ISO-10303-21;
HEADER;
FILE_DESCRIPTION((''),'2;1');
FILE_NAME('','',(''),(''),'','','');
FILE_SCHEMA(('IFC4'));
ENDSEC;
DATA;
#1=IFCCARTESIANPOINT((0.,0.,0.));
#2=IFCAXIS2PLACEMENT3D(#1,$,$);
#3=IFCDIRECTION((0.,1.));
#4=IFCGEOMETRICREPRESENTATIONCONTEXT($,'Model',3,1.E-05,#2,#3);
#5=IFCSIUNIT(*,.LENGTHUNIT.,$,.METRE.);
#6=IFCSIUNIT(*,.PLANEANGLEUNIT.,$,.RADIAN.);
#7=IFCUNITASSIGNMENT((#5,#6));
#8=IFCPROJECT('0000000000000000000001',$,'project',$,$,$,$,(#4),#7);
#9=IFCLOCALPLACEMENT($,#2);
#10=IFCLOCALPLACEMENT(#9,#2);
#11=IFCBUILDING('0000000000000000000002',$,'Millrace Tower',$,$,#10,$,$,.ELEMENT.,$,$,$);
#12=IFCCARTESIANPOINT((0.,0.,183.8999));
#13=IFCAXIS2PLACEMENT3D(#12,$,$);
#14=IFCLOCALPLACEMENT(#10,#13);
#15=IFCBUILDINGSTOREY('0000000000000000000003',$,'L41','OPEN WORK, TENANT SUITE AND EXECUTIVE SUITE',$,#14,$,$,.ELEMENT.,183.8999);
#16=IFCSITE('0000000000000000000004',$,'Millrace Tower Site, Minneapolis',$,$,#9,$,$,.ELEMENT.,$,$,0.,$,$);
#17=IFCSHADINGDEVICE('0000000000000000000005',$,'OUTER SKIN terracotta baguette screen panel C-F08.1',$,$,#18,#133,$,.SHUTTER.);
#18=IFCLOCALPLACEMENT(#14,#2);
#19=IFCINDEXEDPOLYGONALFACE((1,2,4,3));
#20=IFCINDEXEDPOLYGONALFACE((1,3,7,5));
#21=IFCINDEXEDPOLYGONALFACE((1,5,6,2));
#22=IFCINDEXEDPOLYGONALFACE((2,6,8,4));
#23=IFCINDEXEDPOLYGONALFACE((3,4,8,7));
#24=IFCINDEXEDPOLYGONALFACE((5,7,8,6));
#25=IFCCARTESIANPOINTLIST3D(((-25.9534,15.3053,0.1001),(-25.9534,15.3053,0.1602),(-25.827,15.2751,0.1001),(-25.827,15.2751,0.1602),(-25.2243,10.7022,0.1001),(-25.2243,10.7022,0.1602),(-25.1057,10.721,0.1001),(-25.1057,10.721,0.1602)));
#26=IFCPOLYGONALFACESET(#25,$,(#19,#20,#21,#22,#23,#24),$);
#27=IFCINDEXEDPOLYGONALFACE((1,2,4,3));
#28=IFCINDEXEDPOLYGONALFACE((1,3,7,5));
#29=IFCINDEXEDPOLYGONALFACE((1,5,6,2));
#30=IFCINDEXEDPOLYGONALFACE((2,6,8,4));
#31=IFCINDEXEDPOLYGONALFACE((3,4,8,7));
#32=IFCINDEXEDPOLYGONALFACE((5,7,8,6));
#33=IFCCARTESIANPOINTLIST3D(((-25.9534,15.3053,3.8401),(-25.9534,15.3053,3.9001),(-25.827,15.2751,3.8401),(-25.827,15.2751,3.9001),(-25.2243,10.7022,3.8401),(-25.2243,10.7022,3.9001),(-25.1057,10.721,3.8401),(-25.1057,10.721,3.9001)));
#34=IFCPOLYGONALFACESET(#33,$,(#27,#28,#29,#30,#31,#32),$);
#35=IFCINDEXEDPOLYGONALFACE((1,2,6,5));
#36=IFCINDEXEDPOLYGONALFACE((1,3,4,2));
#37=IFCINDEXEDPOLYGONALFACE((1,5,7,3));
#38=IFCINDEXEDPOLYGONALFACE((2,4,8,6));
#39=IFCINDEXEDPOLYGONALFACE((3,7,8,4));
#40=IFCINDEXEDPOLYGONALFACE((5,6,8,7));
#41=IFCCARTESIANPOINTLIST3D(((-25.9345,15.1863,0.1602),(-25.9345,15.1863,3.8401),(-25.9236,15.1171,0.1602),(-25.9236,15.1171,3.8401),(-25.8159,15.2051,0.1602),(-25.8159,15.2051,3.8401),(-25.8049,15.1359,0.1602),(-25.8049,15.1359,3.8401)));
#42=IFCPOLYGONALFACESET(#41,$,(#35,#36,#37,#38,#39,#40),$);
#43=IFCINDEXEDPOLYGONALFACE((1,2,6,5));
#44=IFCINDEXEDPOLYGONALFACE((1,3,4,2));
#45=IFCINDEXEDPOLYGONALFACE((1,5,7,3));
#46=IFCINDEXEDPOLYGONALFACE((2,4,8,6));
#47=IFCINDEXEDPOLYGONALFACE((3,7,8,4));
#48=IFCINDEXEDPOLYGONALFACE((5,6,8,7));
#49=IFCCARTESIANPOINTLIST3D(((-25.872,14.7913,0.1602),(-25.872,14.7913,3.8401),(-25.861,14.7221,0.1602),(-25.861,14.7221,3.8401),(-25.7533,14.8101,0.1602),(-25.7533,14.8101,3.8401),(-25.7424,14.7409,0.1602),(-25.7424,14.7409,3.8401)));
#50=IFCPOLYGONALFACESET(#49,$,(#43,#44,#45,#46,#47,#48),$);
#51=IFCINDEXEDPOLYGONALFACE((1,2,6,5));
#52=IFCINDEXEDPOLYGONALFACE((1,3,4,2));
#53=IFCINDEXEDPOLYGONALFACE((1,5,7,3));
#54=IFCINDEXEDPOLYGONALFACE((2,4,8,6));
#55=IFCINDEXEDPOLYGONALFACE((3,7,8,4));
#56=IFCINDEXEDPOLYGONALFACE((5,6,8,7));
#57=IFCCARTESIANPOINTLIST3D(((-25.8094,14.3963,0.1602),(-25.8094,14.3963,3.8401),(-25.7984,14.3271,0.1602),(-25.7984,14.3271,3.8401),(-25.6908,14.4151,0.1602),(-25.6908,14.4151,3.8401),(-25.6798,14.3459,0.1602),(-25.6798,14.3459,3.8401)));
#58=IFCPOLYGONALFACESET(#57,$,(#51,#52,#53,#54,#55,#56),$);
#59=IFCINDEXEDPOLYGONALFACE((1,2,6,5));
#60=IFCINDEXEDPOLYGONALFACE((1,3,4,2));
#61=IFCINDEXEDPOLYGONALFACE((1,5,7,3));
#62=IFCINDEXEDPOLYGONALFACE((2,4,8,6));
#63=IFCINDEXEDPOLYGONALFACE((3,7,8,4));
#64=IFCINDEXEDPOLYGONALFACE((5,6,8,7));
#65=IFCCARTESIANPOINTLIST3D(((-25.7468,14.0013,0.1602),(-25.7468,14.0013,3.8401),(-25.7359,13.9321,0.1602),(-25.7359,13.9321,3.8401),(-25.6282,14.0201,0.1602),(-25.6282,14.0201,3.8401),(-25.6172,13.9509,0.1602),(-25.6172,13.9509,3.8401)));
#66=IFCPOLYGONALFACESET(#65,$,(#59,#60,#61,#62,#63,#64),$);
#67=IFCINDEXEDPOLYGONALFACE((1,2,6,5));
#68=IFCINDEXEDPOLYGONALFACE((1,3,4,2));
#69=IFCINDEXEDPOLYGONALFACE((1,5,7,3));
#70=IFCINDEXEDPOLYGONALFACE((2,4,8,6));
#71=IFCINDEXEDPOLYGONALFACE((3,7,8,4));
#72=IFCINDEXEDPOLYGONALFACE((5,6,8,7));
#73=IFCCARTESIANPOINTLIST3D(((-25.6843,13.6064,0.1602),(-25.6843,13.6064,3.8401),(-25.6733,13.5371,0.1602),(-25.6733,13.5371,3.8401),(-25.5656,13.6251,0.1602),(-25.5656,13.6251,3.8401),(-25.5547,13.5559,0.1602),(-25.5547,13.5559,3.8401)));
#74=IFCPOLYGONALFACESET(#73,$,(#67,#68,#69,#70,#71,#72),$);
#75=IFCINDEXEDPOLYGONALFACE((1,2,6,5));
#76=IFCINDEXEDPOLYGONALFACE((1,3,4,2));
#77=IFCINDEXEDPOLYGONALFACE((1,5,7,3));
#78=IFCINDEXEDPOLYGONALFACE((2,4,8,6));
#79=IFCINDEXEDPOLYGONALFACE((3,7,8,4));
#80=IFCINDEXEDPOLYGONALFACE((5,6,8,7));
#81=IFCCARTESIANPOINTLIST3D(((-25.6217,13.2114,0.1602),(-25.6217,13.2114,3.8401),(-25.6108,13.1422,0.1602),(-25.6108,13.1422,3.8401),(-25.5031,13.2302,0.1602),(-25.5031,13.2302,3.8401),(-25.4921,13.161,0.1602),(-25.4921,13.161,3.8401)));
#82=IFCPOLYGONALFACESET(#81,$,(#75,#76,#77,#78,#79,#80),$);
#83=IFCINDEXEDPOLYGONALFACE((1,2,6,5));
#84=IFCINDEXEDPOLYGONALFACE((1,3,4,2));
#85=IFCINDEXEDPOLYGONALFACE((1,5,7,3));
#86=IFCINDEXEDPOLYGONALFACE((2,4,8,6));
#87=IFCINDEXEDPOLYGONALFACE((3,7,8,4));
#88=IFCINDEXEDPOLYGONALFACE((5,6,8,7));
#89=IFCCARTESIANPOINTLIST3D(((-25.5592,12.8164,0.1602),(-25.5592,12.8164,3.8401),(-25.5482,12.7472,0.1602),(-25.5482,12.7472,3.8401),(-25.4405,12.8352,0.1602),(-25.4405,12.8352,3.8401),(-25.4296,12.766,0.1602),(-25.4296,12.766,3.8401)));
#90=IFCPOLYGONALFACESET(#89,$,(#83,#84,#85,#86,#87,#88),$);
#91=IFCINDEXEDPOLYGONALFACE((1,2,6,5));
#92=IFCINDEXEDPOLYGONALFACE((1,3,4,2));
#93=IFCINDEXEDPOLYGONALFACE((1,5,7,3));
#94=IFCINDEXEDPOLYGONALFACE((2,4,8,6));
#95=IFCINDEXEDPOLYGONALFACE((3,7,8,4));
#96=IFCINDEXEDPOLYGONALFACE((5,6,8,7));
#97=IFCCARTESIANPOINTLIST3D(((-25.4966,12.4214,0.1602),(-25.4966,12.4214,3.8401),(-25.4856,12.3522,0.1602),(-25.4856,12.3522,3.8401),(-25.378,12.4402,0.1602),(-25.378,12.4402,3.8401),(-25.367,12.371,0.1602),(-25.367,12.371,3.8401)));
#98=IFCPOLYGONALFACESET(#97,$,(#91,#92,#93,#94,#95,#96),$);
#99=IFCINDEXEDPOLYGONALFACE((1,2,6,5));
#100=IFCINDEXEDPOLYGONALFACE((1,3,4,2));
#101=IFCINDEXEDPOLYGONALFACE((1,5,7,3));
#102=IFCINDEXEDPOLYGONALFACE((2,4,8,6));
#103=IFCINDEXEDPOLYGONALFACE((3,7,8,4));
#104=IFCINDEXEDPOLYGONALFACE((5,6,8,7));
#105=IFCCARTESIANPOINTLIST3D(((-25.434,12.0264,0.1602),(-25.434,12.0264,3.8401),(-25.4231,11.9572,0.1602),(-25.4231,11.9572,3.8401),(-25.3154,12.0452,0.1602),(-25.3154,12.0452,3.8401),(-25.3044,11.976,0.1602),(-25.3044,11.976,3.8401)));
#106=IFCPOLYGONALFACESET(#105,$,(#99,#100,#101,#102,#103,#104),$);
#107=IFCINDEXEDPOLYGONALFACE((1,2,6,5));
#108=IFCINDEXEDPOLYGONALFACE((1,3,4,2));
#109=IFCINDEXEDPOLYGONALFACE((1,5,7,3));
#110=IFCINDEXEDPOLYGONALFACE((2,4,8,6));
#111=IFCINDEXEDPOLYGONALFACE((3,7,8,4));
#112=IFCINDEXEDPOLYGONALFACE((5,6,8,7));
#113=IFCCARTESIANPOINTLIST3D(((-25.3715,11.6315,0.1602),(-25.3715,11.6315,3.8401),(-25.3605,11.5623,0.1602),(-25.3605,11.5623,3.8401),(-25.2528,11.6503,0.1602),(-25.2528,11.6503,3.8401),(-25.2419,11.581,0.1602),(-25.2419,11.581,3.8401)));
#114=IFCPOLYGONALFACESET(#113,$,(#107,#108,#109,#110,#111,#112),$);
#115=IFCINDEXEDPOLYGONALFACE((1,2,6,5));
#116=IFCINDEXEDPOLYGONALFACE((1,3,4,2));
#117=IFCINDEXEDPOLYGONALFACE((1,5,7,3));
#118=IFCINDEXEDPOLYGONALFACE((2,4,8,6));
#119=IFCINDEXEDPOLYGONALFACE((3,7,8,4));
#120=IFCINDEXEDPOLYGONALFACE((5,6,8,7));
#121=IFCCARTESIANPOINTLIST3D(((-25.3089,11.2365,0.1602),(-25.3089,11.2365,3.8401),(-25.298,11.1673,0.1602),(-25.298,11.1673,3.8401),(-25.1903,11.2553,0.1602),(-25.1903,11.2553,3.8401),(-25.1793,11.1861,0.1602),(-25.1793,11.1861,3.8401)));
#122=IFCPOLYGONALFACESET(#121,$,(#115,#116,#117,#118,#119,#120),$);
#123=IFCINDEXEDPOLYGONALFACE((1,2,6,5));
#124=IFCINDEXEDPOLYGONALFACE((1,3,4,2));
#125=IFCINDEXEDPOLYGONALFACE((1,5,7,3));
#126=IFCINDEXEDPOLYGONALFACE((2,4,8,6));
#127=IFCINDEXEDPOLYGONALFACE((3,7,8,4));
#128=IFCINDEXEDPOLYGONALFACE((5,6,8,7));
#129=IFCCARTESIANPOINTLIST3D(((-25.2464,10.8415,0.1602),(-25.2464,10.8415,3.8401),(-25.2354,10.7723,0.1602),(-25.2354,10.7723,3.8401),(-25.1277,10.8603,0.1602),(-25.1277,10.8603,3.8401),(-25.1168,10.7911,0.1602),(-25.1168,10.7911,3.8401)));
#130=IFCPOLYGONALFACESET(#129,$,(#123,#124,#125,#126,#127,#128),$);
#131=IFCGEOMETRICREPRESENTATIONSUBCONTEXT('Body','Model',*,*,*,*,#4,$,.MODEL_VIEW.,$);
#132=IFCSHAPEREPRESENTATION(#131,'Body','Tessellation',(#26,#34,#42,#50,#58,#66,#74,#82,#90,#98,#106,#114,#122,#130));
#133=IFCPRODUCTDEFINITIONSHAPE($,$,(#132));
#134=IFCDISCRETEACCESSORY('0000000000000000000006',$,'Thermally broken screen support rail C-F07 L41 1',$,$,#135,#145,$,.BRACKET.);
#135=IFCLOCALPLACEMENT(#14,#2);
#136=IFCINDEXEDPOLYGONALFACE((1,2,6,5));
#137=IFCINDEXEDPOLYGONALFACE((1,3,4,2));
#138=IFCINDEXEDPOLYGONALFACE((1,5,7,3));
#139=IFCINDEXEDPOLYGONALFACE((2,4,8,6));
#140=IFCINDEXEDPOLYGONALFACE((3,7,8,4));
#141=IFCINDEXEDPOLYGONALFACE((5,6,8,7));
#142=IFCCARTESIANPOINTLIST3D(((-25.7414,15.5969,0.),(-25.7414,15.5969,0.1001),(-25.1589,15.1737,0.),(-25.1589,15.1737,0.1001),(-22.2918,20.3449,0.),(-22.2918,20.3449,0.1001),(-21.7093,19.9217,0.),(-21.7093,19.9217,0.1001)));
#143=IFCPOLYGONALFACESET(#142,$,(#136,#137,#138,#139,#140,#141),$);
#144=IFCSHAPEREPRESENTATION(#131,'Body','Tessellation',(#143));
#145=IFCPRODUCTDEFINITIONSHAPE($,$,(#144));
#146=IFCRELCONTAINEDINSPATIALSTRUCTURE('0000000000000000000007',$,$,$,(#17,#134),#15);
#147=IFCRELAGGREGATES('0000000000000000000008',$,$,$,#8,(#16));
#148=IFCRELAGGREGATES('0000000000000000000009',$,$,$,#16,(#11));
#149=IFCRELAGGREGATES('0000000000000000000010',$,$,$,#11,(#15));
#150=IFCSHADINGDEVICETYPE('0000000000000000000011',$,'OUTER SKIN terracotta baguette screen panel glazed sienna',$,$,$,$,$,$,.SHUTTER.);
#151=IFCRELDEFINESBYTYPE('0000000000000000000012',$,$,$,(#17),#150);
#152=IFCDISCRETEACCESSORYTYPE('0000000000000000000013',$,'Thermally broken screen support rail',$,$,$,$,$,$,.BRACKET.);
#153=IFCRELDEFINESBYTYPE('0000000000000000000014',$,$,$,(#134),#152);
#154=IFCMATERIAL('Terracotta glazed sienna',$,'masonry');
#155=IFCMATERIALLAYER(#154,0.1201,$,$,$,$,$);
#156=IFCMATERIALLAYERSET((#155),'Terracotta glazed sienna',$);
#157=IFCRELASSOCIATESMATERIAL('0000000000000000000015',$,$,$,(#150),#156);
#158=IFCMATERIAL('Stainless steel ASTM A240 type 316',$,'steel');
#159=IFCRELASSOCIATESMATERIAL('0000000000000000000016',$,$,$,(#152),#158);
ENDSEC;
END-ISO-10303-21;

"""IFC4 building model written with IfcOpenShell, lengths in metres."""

from ifc_helpers import new_model, entity, si_unit, direction, frame, frame_2d, origin, origin_2d, place, context, subcontext, project, spatial, rectangle, extrude, source, transform, mapped, material, layer, layer_set, type_object, element, save


model = new_model("IFC4")

# Units and contexts
model_context = context("Model", 3, precision=1e-05, world=origin(), true_north=direction((0.0, 1.0)))
body_context = subcontext(model_context, "Body", "Model", "MODEL_VIEW")
ifc_project = project(units=[si_unit("LENGTHUNIT", "METRE"), si_unit("PLANEANGLEUNIT", "RADIAN")], contexts=[model_context])

# Site, building, storey
site_placement = place(None, origin())
site = spatial("IfcSite", under=ifc_project, at=site_placement, Name="Millrace Tower Site, Minneapolis", CompositionType="ELEMENT", RefElevation=0.0)
building_placement = place(site_placement, origin())
building = spatial("IfcBuilding", under=site, at=building_placement, Name="Millrace Tower", CompositionType="ELEMENT")
storey_placement = place(building_placement, frame((0.0, 0.0, 183.8999)))
storey = spatial("IfcBuildingStorey", under=building, at=storey_placement, Name="L41", Description="OPEN WORK, TENANT SUITE AND EXECUTIVE SUITE", CompositionType="ELEMENT", Elevation=183.8999)

# Shading device
ifc_material_1 = material(Name="Terracotta glazed sienna", Category="masonry")
ifc_layer_1 = layer(ifc_material_1, 0.1201)
ifc_layer_set_1 = layer_set([ifc_layer_1], Name="Terracotta glazed sienna")
shading_device_type = type_object("IfcShadingDeviceType", Name="OUTER SKIN terracotta baguette screen panel glazed sienna", PredefinedType="SHUTTER", material=ifc_layer_set_1)
cartesian_point_1 = entity("IfcCartesianPoint", [-2.293, 0.0601])
shared_polyline_1 = entity("IfcPolyline", [cartesian_point_1, entity("IfcCartesianPoint", [2.3179, 0.0601]), entity("IfcCartesianPoint", [2.3179, -0.0601]), entity("IfcCartesianPoint", [-2.3425, -0.0601]), cartesian_point_1])
shared_shape_1 = source(origin(), body_context, "Body", "SweptSolid", [
    entity("IfcExtrudedAreaSolid", entity("IfcArbitraryClosedProfileDef", "AREA", None, shared_polyline_1), entity("IfcAxis2Placement3D", entity("IfcCartesianPoint", [0.0, 0.0, 0.0])), entity("IfcDirection", [0.0, 0.0, 1.0]), 0.0601),
    entity("IfcExtrudedAreaSolid", entity("IfcArbitraryClosedProfileDef", "AREA", None, shared_polyline_1), entity("IfcAxis2Placement3D", entity("IfcCartesianPoint", [0.0, 0.0, 3.74])), entity("IfcDirection", [0.0, 0.0, 1.0]), 0.0601),
    extrude(rectangle(XDim=0.0701, YDim=0.1201, at=frame_2d((-2.187, 0.0))), frame((0.0, 0.0, 0.0601)), (0.0, 0.0, 1.0), 3.6799),
    extrude(rectangle(XDim=0.0701, YDim=0.1201, at=frame_2d((-1.7871, 0.0))), frame((0.0, 0.0, 0.0601)), (0.0, 0.0, 1.0), 3.6799),
    extrude(rectangle(XDim=0.0701, YDim=0.1201, at=frame_2d((-1.3872, 0.0))), frame((0.0, 0.0, 0.0601)), (0.0, 0.0, 1.0), 3.6799),
    extrude(rectangle(XDim=0.0701, YDim=0.1201, at=frame_2d((-0.9873, 0.0))), frame((0.0, 0.0, 0.0601)), (0.0, 0.0, 1.0), 3.6799),
    extrude(rectangle(XDim=0.0701, YDim=0.1201, at=frame_2d((-0.5874, 0.0))), frame((0.0, 0.0, 0.0601)), (0.0, 0.0, 1.0), 3.6799),
    extrude(rectangle(XDim=0.0701, YDim=0.1201, at=frame_2d((-0.1875, 0.0))), frame((0.0, 0.0, 0.0601)), (0.0, 0.0, 1.0), 3.6799),
    extrude(rectangle(XDim=0.0701, YDim=0.1201, at=frame_2d((0.2124, 0.0))), frame((0.0, 0.0, 0.0601)), (0.0, 0.0, 1.0), 3.6799),
    extrude(rectangle(XDim=0.0701, YDim=0.1201, at=frame_2d((0.6123, 0.0))), frame((0.0, 0.0, 0.0601)), (0.0, 0.0, 1.0), 3.6799),
    extrude(rectangle(XDim=0.0701, YDim=0.1201, at=frame_2d((1.0122, 0.0))), frame((0.0, 0.0, 0.0601)), (0.0, 0.0, 1.0), 3.6799),
    extrude(rectangle(XDim=0.0701, YDim=0.1201, at=frame_2d((1.4121, 0.0))), frame((0.0, 0.0, 0.0601)), (0.0, 0.0, 1.0), 3.6799),
    extrude(rectangle(XDim=0.0701, YDim=0.1201, at=frame_2d((1.812, 0.0))), frame((0.0, 0.0, 0.0601)), (0.0, 0.0, 1.0), 3.6799),
    extrude(rectangle(XDim=0.0701, YDim=0.1201, at=frame_2d((2.2119, 0.0))), frame((0.0, 0.0, 0.0601)), (0.0, 0.0, 1.0), 3.6799),
])
shading_device_1_placement = place(storey_placement, frame((-25.5276, 13.001, 0.1001), z_axis=(0.0, 0.0, 1.0), x_axis=(0.156434, -0.987688, 0.0)))
element("IfcShadingDevice", 1, at=shading_device_1_placement, inside=storey, type_object=shading_device_type, Name="OUTER SKIN terracotta baguette screen panel C-F08.1", PredefinedType="SHUTTER", context=body_context, shape_type="MappedRepresentation", body=[
    mapped(shared_shape_1, transform((0.0, 0.0, 0.0), scale=1.0)),
])

# Discrete accessory
ifc_material_2 = material(Name="Stainless steel ASTM A240 type 316", Category="steel")
discrete_accessory_type = type_object("IfcDiscreteAccessoryType", Name="Thermally broken screen support rail", PredefinedType="BRACKET", material=ifc_material_2)
discrete_accessory_placement = place(storey_placement, frame((-23.7253, 17.7593, 0.0), z_axis=(0.0, 0.0, 1.0), x_axis=(-0.587785, -0.809017, 0.0)))
element("IfcDiscreteAccessory", 2, at=discrete_accessory_placement, inside=storey, type_object=discrete_accessory_type, Name="Thermally broken screen support rail C-F07 L41 1", PredefinedType="BRACKET", context=body_context, shape_type="SweptSolid", body=[
    extrude(rectangle(XDim=5.8689, YDim=0.72, at=origin_2d()), origin(), (0.0, 0.0, 1.0), 0.1001),
])

save(model, "model.ifc")
